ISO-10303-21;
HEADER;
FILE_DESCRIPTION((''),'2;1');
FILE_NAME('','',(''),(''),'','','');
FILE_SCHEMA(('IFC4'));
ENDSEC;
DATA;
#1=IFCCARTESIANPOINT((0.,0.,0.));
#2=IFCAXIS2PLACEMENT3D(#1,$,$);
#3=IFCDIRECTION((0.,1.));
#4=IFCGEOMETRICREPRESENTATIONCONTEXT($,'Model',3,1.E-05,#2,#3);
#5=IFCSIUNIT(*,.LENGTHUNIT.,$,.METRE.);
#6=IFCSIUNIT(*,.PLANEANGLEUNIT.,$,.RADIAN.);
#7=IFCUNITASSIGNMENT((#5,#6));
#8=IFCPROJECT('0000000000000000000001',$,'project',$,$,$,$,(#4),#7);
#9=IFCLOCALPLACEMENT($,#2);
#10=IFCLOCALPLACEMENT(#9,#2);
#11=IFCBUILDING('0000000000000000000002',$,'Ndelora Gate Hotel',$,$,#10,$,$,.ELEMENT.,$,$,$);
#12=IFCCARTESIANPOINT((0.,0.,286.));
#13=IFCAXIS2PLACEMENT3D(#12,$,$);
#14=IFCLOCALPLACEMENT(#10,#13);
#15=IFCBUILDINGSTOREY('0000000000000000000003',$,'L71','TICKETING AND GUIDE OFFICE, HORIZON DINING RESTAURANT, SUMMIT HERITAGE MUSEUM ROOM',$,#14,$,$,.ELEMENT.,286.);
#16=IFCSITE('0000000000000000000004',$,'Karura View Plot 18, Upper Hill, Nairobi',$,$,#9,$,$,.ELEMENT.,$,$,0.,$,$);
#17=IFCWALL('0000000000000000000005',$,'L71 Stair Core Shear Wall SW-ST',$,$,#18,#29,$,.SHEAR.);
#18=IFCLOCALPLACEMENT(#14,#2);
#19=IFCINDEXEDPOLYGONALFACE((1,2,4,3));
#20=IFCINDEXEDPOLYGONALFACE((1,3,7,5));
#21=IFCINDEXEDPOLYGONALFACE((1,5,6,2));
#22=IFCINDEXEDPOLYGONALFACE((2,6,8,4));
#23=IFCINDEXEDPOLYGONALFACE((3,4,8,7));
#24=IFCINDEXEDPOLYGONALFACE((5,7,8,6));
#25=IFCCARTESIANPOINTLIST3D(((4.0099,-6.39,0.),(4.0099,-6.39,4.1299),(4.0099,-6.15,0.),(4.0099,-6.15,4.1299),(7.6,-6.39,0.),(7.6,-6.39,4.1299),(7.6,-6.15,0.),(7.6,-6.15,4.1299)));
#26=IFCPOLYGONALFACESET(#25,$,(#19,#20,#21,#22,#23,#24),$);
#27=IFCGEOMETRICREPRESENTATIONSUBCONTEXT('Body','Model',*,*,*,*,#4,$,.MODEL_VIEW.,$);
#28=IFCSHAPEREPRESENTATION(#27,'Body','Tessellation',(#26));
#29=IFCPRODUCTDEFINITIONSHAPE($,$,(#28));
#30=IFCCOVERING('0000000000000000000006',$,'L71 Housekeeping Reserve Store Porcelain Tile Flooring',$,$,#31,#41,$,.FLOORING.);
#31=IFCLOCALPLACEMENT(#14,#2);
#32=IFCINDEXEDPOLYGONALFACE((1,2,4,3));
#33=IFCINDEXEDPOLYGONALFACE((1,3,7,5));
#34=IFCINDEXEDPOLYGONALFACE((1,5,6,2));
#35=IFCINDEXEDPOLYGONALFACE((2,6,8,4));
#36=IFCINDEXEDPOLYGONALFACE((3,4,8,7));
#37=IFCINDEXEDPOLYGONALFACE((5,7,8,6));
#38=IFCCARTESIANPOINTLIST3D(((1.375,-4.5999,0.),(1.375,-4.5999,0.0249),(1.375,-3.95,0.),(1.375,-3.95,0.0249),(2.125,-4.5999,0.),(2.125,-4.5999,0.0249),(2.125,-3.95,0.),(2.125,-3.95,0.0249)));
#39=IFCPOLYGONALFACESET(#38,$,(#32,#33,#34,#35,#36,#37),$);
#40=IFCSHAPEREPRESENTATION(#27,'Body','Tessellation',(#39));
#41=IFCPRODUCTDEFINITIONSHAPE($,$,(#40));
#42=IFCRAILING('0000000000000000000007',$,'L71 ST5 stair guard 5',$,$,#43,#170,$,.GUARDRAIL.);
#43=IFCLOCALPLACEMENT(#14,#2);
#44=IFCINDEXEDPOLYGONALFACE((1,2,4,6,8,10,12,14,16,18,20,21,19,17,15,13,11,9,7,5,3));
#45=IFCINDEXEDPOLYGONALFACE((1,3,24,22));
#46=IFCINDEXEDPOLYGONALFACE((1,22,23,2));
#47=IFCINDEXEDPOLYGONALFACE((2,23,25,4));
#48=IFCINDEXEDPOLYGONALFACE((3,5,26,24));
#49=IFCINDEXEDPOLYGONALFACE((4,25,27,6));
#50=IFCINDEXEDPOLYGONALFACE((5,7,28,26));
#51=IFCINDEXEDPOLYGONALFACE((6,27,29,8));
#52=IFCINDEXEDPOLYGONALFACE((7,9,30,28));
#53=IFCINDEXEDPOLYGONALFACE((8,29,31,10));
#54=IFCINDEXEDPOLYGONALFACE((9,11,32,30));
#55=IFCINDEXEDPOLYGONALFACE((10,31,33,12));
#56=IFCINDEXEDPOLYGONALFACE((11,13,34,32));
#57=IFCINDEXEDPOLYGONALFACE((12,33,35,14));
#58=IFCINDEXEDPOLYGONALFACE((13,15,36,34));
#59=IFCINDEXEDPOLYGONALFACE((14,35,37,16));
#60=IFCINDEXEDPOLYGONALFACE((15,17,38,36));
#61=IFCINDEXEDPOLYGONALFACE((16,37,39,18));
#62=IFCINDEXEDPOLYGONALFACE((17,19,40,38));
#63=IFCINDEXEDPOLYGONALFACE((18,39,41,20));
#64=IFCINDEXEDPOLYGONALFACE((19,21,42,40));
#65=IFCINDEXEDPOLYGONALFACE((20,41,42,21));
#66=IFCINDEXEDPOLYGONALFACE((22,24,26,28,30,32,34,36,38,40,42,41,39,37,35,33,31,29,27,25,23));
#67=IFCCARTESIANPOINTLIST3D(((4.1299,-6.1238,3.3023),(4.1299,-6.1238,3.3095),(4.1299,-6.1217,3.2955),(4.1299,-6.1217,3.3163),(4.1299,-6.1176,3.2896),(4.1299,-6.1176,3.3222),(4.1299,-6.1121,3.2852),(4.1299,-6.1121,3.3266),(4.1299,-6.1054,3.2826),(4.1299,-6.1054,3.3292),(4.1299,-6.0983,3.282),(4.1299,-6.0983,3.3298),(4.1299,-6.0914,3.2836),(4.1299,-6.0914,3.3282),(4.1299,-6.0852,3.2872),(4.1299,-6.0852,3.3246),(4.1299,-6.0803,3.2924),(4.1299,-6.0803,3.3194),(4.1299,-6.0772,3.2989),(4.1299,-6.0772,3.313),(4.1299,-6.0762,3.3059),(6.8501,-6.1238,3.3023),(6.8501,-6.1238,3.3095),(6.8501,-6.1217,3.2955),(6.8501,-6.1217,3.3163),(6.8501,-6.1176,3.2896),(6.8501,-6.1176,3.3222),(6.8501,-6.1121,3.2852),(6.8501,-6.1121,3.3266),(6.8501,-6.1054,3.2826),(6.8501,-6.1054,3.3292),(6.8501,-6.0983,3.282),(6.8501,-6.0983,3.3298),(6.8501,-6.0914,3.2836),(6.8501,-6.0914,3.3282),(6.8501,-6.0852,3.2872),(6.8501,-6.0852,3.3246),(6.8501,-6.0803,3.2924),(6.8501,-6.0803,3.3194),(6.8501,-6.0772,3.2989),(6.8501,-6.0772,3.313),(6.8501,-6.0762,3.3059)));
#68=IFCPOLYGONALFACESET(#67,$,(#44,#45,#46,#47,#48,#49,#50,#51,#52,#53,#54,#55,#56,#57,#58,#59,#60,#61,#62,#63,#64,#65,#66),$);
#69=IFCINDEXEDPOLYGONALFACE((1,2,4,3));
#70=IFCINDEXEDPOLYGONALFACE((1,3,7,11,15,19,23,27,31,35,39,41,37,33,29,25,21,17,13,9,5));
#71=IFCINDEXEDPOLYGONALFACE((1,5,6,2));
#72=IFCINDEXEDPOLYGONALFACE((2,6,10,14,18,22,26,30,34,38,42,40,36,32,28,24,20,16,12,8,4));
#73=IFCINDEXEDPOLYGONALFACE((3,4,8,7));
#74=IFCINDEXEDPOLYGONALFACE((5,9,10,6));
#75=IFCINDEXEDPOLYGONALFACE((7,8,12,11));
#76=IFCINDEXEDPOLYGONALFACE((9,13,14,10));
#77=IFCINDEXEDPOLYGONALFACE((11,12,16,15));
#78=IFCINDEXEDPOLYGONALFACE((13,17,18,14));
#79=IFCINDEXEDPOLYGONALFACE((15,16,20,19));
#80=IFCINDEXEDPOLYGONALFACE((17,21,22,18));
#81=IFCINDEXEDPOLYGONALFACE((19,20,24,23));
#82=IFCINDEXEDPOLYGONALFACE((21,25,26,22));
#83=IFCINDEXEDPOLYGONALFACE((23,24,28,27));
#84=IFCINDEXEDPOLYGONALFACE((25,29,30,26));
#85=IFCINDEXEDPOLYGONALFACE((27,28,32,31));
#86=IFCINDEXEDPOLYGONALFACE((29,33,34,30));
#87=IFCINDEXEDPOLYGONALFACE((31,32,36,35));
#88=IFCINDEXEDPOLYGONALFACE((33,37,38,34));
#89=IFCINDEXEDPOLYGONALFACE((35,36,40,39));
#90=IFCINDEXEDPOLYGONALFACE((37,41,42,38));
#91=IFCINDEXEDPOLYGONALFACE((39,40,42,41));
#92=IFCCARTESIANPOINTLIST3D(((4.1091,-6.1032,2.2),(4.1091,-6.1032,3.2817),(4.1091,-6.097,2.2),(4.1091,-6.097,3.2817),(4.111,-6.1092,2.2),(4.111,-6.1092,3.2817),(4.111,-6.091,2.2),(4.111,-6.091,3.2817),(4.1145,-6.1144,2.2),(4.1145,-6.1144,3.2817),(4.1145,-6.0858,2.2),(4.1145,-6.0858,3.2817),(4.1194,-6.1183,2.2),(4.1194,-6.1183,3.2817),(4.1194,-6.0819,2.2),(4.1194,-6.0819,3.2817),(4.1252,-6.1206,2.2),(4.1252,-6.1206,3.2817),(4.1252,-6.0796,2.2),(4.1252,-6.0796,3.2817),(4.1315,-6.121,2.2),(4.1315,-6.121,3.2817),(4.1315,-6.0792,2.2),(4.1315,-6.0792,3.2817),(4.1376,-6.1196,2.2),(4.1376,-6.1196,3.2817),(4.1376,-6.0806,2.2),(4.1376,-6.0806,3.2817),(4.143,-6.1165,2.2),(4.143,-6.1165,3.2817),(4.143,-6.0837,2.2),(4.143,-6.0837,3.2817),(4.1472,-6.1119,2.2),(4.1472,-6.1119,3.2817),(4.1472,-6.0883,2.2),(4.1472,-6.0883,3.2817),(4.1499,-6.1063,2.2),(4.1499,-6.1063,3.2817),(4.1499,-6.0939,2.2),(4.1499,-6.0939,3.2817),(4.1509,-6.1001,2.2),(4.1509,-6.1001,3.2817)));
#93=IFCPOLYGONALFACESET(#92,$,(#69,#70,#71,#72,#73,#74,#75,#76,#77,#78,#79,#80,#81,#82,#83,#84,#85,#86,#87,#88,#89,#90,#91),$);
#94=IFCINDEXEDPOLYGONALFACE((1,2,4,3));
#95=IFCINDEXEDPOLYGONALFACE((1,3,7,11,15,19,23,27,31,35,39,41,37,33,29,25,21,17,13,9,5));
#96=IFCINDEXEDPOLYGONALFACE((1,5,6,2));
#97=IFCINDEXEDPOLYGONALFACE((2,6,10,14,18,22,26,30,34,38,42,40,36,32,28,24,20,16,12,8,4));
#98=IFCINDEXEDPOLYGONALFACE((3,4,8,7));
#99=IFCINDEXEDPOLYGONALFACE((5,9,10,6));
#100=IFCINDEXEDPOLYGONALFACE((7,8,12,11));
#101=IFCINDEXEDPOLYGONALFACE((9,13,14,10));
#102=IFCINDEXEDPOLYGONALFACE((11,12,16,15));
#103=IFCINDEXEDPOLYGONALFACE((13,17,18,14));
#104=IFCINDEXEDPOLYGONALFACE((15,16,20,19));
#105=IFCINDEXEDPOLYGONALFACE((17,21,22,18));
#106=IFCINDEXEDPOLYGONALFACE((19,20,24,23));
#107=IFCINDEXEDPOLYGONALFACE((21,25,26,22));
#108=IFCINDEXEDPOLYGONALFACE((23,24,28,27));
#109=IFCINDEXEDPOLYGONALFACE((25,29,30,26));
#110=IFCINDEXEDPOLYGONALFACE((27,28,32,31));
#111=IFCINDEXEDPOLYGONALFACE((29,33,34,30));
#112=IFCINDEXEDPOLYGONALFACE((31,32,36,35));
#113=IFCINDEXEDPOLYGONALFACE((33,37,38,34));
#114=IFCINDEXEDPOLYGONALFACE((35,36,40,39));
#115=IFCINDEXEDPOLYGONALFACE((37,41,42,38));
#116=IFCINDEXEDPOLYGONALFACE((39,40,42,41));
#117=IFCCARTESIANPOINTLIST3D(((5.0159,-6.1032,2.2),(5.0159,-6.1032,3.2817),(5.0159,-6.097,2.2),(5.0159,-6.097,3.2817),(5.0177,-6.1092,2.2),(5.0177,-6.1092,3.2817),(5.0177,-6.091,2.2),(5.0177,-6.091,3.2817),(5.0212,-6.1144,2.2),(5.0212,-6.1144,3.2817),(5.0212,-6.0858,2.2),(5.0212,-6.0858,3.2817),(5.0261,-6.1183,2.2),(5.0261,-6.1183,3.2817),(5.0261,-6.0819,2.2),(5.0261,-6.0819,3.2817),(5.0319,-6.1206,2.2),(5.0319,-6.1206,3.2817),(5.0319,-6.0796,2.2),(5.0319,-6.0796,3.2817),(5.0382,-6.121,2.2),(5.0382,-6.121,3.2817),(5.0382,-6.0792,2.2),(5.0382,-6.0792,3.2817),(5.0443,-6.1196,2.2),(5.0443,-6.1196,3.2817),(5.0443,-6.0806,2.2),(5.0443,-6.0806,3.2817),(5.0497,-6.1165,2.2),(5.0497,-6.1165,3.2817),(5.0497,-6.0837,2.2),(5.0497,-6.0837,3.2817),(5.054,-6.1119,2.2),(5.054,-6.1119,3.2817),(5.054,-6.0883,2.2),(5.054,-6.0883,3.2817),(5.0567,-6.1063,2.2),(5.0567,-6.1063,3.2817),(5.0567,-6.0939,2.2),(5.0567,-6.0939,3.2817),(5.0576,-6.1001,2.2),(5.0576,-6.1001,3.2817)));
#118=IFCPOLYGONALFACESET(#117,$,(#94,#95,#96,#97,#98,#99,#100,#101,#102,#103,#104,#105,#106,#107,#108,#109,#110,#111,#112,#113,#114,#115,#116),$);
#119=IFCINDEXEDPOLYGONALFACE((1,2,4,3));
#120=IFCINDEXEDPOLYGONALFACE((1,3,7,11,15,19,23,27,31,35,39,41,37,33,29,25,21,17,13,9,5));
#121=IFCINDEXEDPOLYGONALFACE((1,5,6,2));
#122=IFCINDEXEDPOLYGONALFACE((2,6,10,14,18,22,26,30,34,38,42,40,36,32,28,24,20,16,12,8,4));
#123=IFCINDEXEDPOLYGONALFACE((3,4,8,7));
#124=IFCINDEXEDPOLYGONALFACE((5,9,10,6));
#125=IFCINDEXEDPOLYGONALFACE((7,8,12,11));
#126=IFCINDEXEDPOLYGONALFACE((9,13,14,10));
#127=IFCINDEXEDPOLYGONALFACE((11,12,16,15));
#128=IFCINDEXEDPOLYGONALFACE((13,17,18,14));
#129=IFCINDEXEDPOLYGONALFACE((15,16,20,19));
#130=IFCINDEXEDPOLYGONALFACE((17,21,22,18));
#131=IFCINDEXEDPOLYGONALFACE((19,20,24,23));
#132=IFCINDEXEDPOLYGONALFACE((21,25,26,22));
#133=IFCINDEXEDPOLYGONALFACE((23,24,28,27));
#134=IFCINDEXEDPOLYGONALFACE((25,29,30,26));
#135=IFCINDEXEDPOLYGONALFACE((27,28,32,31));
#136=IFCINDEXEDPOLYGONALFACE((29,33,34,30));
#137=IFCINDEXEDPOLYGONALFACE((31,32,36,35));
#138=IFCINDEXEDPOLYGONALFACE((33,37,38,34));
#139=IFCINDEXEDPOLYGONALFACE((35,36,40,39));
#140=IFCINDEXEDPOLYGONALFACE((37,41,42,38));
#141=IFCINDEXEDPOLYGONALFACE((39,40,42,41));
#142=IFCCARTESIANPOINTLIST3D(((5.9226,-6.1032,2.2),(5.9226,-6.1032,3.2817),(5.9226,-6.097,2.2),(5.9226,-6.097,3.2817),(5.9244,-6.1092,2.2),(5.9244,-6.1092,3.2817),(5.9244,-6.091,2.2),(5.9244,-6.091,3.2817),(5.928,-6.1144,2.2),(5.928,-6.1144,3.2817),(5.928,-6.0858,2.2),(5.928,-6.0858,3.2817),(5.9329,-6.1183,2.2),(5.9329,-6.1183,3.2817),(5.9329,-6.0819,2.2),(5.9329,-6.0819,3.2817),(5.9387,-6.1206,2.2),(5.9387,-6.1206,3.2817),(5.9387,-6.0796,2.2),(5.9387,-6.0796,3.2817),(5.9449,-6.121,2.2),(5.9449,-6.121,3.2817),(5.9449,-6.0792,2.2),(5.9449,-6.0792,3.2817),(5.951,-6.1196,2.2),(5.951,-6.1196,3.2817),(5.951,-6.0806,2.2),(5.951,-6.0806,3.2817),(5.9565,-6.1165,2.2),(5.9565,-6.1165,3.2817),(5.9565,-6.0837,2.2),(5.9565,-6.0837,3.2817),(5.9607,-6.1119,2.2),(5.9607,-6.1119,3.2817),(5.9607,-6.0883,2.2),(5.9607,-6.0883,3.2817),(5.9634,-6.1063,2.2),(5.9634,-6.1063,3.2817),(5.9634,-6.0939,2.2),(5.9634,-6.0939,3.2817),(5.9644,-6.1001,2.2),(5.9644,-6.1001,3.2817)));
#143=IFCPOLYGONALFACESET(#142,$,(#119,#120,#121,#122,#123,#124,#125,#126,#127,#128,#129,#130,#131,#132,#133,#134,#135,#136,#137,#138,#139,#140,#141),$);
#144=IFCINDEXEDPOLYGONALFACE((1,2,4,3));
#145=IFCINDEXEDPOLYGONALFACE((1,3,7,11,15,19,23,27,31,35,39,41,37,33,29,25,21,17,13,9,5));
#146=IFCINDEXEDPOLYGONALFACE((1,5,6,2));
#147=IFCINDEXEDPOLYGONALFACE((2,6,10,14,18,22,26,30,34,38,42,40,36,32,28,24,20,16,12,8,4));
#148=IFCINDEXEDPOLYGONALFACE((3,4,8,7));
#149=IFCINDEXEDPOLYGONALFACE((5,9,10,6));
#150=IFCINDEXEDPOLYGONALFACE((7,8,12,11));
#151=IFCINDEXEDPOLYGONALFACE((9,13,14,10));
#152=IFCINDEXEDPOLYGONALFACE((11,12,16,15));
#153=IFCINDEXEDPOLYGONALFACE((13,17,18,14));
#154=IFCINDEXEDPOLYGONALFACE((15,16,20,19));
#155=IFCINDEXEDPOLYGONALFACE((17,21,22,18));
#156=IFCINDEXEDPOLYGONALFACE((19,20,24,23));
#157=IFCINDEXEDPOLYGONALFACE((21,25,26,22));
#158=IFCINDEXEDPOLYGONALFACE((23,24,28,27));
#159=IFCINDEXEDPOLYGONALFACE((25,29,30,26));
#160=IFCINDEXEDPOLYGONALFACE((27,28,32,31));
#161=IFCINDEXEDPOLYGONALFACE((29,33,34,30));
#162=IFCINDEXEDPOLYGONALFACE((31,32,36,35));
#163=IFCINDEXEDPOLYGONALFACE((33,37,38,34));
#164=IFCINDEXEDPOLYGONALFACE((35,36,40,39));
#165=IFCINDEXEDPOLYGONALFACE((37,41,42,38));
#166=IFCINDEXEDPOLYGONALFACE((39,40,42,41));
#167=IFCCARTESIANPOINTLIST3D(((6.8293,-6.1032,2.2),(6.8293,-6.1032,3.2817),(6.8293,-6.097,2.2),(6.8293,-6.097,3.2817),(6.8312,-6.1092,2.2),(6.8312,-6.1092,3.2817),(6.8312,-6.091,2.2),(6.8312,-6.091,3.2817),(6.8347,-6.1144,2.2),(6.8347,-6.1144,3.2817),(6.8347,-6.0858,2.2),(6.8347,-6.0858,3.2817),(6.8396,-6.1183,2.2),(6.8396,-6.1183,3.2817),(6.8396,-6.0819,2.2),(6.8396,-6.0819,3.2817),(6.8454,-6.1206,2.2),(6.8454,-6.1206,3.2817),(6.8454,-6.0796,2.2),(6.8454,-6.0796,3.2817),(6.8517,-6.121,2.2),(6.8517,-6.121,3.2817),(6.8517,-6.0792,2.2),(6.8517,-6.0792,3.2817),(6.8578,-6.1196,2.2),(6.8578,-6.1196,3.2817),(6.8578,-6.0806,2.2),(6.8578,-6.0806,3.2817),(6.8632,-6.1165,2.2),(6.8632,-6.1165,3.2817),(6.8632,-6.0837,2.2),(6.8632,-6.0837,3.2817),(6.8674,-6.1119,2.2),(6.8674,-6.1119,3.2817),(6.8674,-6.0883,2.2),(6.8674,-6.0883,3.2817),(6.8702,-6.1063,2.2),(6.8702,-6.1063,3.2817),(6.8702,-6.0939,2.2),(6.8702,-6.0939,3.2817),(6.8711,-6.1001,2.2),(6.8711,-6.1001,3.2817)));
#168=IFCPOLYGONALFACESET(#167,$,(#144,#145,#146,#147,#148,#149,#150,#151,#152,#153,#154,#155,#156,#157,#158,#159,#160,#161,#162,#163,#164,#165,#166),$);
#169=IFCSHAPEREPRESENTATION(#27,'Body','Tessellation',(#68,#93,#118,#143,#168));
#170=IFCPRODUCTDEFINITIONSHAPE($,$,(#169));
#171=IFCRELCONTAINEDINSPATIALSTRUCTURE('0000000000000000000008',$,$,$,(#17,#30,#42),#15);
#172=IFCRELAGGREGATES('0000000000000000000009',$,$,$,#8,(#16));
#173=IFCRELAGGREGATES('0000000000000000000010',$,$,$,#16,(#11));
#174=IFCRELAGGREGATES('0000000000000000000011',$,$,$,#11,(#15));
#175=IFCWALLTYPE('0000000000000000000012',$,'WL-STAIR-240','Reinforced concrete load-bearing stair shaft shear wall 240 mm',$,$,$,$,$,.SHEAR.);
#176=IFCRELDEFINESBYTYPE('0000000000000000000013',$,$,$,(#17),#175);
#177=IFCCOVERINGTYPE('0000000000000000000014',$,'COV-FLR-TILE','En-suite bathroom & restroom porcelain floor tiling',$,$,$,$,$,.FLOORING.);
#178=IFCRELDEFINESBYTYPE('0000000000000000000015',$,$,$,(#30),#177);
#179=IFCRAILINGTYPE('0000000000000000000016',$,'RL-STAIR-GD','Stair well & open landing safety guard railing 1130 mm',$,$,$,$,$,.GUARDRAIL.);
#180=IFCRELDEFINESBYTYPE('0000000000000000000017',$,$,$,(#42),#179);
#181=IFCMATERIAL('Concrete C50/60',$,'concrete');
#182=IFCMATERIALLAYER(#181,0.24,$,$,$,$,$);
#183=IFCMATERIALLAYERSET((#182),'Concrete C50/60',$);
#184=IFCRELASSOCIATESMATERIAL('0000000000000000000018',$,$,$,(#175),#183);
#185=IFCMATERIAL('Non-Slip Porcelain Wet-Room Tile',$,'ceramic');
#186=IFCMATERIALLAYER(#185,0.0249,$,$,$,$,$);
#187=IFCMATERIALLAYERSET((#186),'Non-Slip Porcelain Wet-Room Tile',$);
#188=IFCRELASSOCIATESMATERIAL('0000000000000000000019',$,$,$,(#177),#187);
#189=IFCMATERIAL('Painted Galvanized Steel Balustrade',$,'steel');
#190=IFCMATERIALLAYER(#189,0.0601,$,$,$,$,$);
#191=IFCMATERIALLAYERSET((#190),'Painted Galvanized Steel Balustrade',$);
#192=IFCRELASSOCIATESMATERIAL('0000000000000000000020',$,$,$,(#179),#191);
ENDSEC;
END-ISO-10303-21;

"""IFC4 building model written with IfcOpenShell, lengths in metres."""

from ifc_helpers import new_model, si_unit, direction, frame, frame_2d, origin, origin_2d, place, context, subcontext, project, spatial, rectangle, circle, extrude, material, layer, layer_set, type_object, element, save


model = new_model("IFC4")

# Units and contexts
model_context = context("Model", 3, precision=1e-05, world=origin(), true_north=direction((0.0, 1.0)))
body_context = subcontext(model_context, "Body", "Model", "MODEL_VIEW")
ifc_project = project(units=[si_unit("LENGTHUNIT", "METRE"), si_unit("PLANEANGLEUNIT", "RADIAN")], contexts=[model_context])

# Site, building, storey
site_placement = place(None, origin())
site = spatial("IfcSite", under=ifc_project, at=site_placement, Name="Karura View Plot 18, Upper Hill, Nairobi", CompositionType="ELEMENT", RefElevation=0.0)
building_placement = place(site_placement, origin())
building = spatial("IfcBuilding", under=site, at=building_placement, Name="Ndelora Gate Hotel", CompositionType="ELEMENT")
storey_placement = place(building_placement, frame((0.0, 0.0, 286.0)))
storey = spatial("IfcBuildingStorey", under=building, at=storey_placement, Name="L71", Description="TICKETING AND GUIDE OFFICE, HORIZON DINING RESTAURANT, SUMMIT HERITAGE MUSEUM ROOM", CompositionType="ELEMENT", Elevation=286.0)

# Shared definitions
ifc_material_1 = material(Name="Concrete C50/60", Category="concrete")

# Wall
ifc_layer_1 = layer(ifc_material_1, 0.24)
ifc_layer_set_1 = layer_set([ifc_layer_1], Name="Concrete C50/60")
wall_type_1 = type_object("IfcWallType", Name="WL-STAIR-240", Description="Reinforced concrete load-bearing stair shaft shear wall 240 mm", PredefinedType="SHEAR", material=ifc_layer_set_1)
wall_1_placement = place(storey_placement, frame((4.01, -6.27, 0.0), z_axis=(0.0, 0.0, 1.0), x_axis=(1.0, 0.0, 0.0)))
element("IfcWall", 1, at=wall_1_placement, inside=storey, type_object=wall_type_1, Name="L71 Stair Core Shear Wall SW-ST", PredefinedType="SHEAR", context=body_context, shape_type="SweptSolid", body=[
    extrude(rectangle(XDim=3.5901, YDim=0.24, at=frame_2d((1.7949, 0.0))), origin(), (0.0, 0.0, 1.0), 4.1299),
])

# Covering
ifc_material_2 = material(Name="Non-Slip Porcelain Wet-Room Tile", Category="ceramic")
ifc_layer_2 = layer(ifc_material_2, 0.0249)
ifc_layer_set_2 = layer_set([ifc_layer_2], Name="Non-Slip Porcelain Wet-Room Tile")
covering_type = type_object("IfcCoveringType", Name="COV-FLR-TILE", Description="En-suite bathroom & restroom porcelain floor tiling", PredefinedType="FLOORING", material=ifc_layer_set_2)
covering_placement = place(storey_placement, frame((1.75, -4.2749, 0.0), z_axis=(0.0, 0.0, 1.0), x_axis=(1.0, 0.0, 0.0)))
element("IfcCovering", 2, at=covering_placement, inside=storey, type_object=covering_type, Name="L71 Housekeeping Reserve Store Porcelain Tile Flooring", PredefinedType="FLOORING", context=body_context, shape_type="SweptSolid", body=[
    extrude(rectangle(XDim=0.75, YDim=0.6499, at=origin_2d()), origin(), (0.0, 0.0, 1.0), 0.0249),
])

# Railing
ifc_material_3 = material(Name="Painted Galvanized Steel Balustrade", Category="steel")
ifc_layer_3 = layer(ifc_material_3, 0.0601)
ifc_layer_set_3 = layer_set([ifc_layer_3], Name="Painted Galvanized Steel Balustrade")
railing_type = type_object("IfcRailingType", Name="RL-STAIR-GD", Description="Stair well & open landing safety guard railing 1130 mm", PredefinedType="GUARDRAIL", material=ifc_layer_set_3)
railing_1_placement = place(storey_placement, frame((4.1299, -6.1001, 2.2)))
element("IfcRailing", 3, at=railing_1_placement, inside=storey, type_object=railing_type, Name="L71 ST5 stair guard 5", PredefinedType="GUARDRAIL", context=body_context, shape_type="SweptSolid", body=[
    extrude(circle(Radius=0.0239, at=origin_2d()), frame((0.0, 0.0, 1.106), z_axis=(1.0, 0.0, 0.0), x_axis=(0.0, 1.0, 0.0)), (0.0, 0.0, 1.0), 2.7202),
    extrude(circle(Radius=0.021, at=origin_2d()), origin(), (0.0, 0.0, 1.0), 1.0818),
    extrude(circle(Radius=0.021, at=origin_2d()), frame((0.9067, 0.0, 0.0)), (0.0, 0.0, 1.0), 1.0818),
    extrude(circle(Radius=0.021, at=origin_2d()), frame((1.8135, 0.0, 0.0)), (0.0, 0.0, 1.0), 1.0818),
    extrude(circle(Radius=0.021, at=origin_2d()), frame((2.7202, 0.0, 0.0)), (0.0, 0.0, 1.0), 1.0818),
])

save(model, "model.ifc")
